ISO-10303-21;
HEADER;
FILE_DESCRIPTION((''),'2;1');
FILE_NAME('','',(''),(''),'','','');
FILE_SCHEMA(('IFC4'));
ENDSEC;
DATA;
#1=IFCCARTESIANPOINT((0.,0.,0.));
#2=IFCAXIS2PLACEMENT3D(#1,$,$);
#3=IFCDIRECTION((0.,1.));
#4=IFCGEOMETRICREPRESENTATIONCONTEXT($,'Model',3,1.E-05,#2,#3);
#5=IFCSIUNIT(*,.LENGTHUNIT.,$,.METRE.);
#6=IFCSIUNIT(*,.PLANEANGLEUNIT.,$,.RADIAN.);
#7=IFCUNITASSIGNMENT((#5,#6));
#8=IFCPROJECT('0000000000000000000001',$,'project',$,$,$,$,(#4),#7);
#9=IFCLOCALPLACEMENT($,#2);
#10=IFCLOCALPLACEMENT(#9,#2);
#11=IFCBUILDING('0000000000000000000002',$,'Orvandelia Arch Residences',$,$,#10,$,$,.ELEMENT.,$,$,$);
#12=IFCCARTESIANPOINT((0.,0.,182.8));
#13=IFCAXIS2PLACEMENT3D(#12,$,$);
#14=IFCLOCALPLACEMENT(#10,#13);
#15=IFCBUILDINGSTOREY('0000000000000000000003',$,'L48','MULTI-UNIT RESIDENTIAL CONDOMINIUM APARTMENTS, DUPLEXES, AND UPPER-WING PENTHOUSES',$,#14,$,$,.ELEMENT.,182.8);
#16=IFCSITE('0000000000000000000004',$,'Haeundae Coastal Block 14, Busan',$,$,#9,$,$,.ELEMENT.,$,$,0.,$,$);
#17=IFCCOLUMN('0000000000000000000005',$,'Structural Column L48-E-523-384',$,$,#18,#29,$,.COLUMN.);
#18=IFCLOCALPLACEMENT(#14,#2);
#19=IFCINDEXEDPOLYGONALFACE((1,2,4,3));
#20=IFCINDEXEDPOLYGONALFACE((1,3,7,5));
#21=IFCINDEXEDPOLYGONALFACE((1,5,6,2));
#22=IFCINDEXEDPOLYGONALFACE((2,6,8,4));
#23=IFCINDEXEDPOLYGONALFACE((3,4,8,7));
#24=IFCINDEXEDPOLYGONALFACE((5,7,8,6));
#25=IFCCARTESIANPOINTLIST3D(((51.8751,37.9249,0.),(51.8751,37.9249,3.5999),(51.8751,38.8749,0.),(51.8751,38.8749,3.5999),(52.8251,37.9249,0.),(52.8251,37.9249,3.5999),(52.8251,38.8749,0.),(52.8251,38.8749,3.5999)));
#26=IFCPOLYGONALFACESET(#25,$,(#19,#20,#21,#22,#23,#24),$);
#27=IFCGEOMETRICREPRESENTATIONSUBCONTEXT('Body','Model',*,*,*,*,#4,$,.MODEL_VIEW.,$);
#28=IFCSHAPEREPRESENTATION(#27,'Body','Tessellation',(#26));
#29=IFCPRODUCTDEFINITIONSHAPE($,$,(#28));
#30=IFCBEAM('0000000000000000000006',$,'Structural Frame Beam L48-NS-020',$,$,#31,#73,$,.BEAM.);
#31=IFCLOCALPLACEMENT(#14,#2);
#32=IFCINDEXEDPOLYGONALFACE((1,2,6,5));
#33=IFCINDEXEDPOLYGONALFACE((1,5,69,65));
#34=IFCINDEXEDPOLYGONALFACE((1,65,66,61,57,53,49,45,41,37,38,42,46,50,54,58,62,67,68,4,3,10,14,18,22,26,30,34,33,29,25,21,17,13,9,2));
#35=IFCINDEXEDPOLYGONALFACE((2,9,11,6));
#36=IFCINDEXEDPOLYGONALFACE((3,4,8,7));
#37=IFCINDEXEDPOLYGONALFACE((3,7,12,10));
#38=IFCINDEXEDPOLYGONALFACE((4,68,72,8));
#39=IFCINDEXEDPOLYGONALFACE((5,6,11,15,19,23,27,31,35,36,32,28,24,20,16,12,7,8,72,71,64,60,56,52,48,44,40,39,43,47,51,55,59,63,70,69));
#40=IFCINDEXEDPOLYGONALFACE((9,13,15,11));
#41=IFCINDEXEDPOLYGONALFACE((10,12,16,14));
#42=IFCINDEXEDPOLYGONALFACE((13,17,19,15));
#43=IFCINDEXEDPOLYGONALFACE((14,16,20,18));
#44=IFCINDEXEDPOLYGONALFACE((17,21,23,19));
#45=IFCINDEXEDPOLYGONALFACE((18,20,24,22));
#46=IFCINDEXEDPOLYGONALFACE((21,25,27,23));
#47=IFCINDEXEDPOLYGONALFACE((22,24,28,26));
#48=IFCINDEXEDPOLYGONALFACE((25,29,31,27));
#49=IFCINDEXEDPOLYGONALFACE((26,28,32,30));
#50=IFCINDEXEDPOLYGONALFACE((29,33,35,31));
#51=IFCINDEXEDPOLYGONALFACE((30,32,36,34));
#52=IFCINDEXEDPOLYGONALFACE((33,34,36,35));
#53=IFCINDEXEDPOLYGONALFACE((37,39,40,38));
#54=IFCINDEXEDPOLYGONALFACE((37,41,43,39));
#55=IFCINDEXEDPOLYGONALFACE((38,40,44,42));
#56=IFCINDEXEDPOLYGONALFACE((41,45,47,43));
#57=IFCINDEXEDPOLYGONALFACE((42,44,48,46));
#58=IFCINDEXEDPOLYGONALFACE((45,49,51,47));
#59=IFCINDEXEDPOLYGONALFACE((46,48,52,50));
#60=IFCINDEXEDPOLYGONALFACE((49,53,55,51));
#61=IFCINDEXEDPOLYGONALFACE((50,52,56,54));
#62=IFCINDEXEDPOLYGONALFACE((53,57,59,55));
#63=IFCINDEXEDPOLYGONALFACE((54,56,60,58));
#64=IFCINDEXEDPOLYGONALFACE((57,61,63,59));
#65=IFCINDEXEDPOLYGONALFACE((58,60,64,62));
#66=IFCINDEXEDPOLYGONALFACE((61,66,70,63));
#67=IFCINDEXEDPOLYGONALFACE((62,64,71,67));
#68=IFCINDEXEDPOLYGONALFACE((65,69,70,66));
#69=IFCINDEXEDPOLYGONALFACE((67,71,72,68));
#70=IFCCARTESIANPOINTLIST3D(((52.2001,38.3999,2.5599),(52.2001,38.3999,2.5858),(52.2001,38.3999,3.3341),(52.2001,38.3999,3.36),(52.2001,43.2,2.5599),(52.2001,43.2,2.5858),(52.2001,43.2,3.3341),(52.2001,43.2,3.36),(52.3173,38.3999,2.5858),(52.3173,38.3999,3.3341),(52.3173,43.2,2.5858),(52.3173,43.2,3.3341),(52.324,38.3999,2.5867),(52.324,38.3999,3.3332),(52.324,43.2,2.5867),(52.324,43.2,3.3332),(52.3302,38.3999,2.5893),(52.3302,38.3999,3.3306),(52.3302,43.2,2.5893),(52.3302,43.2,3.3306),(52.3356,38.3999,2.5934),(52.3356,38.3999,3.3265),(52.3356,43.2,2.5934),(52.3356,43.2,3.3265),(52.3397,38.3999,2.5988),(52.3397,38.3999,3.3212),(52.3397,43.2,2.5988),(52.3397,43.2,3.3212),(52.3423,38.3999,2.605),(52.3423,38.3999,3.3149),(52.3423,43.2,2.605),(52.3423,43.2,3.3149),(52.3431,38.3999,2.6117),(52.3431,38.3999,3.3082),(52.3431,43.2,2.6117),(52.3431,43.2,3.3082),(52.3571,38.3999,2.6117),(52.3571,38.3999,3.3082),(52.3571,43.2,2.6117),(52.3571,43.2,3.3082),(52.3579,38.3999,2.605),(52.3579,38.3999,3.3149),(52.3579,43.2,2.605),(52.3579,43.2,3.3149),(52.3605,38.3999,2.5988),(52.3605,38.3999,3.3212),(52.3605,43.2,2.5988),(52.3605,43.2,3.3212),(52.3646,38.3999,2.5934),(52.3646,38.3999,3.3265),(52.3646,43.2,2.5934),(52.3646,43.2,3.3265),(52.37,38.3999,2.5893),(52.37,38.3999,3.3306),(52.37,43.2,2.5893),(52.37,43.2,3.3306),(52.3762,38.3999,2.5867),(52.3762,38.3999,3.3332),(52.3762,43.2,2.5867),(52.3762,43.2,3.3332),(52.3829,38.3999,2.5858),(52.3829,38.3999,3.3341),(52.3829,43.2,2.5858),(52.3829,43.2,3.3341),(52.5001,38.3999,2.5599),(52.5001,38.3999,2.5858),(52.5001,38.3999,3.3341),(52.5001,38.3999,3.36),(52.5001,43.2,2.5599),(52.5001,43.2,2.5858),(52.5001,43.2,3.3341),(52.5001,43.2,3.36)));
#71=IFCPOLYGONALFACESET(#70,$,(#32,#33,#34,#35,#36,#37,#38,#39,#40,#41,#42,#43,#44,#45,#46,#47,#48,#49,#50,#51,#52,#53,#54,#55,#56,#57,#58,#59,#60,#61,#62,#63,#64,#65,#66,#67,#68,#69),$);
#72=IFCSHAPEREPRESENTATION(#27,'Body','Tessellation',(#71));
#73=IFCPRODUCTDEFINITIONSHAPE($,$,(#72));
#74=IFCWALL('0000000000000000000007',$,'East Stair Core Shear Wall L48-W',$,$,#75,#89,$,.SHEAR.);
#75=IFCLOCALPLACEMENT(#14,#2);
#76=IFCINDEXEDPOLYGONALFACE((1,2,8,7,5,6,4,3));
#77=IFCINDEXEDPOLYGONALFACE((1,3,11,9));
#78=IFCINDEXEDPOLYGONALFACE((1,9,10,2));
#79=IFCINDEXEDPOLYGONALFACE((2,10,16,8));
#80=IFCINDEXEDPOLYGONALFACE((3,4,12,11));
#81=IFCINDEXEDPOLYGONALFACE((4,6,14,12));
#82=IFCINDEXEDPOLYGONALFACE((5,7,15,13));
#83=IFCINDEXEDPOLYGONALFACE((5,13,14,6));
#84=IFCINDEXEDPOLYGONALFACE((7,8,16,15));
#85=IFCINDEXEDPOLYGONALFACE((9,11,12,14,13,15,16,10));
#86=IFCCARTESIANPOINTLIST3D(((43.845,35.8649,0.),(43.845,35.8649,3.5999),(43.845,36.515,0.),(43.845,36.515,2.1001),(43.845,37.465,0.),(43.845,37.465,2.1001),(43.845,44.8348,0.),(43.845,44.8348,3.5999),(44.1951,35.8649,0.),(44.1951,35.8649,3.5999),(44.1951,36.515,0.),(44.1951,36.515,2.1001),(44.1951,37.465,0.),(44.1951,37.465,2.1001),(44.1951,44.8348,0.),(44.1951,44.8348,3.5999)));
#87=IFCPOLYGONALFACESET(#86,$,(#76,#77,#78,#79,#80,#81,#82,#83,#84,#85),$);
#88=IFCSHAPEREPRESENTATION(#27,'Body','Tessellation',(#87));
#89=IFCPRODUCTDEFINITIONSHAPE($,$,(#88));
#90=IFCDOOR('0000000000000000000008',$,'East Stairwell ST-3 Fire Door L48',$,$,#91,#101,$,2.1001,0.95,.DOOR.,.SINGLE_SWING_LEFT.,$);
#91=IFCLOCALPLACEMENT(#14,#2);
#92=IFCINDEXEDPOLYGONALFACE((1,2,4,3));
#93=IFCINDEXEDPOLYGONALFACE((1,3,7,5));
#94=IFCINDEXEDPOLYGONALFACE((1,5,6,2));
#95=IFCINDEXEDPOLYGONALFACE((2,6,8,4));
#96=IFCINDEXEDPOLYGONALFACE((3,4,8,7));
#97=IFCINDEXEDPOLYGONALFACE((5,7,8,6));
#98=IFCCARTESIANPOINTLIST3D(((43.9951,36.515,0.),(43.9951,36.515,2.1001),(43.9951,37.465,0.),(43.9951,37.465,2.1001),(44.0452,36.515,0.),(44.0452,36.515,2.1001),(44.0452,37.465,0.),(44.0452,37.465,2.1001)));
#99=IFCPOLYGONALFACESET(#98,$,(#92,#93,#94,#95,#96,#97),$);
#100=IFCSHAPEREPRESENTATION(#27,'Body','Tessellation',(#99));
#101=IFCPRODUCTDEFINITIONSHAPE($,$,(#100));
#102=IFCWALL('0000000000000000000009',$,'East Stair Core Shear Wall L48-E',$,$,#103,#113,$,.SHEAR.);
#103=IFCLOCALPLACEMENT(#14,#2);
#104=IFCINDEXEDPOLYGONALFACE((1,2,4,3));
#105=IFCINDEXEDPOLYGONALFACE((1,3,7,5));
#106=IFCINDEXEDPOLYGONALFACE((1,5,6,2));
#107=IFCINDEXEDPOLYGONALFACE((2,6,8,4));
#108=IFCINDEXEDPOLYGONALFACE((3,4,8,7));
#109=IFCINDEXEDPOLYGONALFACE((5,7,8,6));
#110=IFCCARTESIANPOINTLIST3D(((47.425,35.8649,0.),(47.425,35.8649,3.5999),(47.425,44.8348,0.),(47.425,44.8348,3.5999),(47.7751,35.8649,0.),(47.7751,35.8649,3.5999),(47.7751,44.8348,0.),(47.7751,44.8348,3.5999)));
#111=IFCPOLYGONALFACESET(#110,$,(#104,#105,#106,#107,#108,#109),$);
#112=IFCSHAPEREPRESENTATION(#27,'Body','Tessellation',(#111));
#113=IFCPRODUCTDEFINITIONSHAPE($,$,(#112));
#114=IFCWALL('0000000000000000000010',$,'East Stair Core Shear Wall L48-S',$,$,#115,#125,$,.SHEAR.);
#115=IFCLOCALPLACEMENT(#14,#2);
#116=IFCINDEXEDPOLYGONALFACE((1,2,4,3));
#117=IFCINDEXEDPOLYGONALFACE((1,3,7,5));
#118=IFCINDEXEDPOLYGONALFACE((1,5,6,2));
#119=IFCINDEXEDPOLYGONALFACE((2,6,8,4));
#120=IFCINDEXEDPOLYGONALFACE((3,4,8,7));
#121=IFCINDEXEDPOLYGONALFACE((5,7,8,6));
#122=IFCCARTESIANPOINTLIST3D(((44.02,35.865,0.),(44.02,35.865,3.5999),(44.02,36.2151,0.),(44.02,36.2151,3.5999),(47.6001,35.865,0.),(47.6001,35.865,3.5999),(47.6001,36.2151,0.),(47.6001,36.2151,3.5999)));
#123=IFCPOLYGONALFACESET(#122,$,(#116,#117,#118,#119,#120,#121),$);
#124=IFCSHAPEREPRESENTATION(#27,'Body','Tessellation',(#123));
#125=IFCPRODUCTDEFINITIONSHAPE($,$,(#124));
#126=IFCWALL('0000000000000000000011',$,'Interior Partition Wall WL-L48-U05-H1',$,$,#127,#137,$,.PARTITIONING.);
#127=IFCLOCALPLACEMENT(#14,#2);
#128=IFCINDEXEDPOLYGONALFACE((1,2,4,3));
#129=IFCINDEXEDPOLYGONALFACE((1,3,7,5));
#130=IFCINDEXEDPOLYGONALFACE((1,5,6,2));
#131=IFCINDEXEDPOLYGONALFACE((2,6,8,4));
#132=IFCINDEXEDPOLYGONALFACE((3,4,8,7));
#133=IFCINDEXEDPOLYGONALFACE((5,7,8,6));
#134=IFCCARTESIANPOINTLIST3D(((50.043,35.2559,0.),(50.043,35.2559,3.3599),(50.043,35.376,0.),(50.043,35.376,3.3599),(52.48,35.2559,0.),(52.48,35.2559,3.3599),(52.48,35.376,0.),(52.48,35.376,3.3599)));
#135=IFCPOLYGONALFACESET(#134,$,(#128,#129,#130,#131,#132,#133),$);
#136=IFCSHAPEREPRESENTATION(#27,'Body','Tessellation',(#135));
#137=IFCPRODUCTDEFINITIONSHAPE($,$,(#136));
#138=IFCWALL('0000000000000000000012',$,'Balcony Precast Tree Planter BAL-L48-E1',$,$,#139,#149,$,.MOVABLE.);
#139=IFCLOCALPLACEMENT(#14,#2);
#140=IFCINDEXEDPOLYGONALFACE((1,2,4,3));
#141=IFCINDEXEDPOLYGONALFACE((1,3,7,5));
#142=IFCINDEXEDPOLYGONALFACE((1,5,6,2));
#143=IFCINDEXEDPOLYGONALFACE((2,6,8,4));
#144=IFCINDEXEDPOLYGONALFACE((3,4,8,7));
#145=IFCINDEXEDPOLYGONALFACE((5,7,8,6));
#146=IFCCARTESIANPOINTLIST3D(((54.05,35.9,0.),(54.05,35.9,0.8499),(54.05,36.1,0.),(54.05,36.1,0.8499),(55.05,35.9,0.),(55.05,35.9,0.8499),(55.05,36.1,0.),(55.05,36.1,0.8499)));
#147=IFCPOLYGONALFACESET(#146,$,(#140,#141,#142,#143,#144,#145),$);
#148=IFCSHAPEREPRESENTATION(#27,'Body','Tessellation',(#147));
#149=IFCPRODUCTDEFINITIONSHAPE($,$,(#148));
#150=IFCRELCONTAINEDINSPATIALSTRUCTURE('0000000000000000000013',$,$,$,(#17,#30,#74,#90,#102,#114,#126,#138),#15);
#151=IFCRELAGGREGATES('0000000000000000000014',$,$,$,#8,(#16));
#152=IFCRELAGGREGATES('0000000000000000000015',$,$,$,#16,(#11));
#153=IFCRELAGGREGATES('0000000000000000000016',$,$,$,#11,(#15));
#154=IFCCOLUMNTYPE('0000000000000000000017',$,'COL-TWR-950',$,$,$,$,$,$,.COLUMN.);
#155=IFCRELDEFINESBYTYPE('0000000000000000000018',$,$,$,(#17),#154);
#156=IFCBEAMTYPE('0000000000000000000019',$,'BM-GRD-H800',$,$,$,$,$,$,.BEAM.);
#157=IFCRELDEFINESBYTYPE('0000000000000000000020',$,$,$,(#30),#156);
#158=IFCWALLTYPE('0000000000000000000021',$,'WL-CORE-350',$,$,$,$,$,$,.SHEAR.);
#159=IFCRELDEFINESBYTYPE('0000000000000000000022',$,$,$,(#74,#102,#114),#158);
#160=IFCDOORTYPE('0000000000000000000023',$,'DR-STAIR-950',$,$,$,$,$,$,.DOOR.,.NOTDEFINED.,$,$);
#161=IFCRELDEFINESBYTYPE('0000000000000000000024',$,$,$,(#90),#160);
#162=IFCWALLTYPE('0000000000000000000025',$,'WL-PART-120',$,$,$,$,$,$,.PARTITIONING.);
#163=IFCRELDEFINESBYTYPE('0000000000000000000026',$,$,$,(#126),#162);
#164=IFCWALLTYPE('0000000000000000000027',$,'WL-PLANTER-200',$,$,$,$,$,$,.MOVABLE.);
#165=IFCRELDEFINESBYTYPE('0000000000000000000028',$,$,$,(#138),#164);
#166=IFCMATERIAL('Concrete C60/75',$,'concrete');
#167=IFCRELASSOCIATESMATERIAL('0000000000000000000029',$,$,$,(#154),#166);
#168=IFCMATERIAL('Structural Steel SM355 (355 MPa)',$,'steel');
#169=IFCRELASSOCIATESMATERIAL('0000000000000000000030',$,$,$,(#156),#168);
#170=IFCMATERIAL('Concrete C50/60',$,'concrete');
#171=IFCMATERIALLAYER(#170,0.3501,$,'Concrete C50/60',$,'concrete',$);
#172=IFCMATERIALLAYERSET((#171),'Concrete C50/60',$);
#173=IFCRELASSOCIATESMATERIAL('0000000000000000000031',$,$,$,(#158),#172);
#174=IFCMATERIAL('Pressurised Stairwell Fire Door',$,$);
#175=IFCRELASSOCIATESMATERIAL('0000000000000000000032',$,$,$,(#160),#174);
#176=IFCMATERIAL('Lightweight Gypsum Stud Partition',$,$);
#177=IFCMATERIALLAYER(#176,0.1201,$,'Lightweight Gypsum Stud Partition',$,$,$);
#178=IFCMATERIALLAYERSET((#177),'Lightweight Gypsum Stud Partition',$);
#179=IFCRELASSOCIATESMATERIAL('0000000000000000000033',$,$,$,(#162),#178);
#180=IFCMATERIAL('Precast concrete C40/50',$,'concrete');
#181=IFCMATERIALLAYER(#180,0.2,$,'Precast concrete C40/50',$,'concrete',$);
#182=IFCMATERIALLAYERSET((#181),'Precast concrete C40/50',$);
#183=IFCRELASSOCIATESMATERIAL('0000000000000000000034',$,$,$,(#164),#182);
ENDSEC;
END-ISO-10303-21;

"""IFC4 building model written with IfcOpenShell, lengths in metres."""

from ifc_helpers import new_model, si_unit, direction, frame, frame_2d, origin, origin_2d, place, context, subcontext, project, spatial, rectangle, i_section, extrude, material, layer, layer_set, material_profile, profile_set, type_object, element, fill, save


model = new_model("IFC4")

# Units and contexts
model_context = context("Model", 3, precision=1e-05, world=origin(), true_north=direction((0.0, 1.0)))
body_context = subcontext(model_context, "Body", "Model", "MODEL_VIEW")
ifc_project = project(units=[si_unit("LENGTHUNIT", "METRE"), si_unit("PLANEANGLEUNIT", "RADIAN")], contexts=[model_context])

# Site, building, storey
site_placement = place(None, origin())
site = spatial("IfcSite", under=ifc_project, at=site_placement, Name="Haeundae Coastal Block 14, Busan", CompositionType="ELEMENT", RefElevation=0.0)
building_placement = place(site_placement, origin())
building = spatial("IfcBuilding", under=site, at=building_placement, Name="Orvandelia Arch Residences", CompositionType="ELEMENT")
storey_placement = place(building_placement, frame((0.0, 0.0, 182.8)))
storey = spatial("IfcBuildingStorey", under=building, at=storey_placement, Name="L48", Description="MULTI-UNIT RESIDENTIAL CONDOMINIUM APARTMENTS, DUPLEXES, AND UPPER-WING PENTHOUSES", CompositionType="ELEMENT", Elevation=182.8)

# Column
ifc_material_1 = material(Name="Concrete C60/75", Category="concrete")
ifc_material_profile_1 = material_profile(ifc_material_1, rectangle(XDim=0.95, YDim=0.95, at=origin_2d()), Name="Concrete C60/75", Category="concrete")
ifc_profile_set_1 = profile_set([ifc_material_profile_1], Name="Concrete C60/75")
column_type = type_object("IfcColumnType", Name="COL-TWR-950", PredefinedType="COLUMN", material=ifc_profile_set_1)
column_placement = place(storey_placement, frame((52.3501, 38.3999, 0.0), z_axis=(0.0, 0.0, 1.0), x_axis=(1.0, 0.0, 0.0)))
element("IfcColumn", 1, at=column_placement, inside=storey, type_object=column_type, Name="Structural Column L48-E-523-384", PredefinedType="COLUMN", context=body_context, shape_type="SweptSolid", body=[
    extrude(rectangle(XDim=0.95, YDim=0.95, at=origin_2d()), origin(), (0.0, 0.0, 1.0), 3.5999),
])

# Beam
ifc_material_2 = material(Name="Structural Steel SM355 (355 MPa)", Category="steel")
ifc_material_profile_2 = material_profile(ifc_material_2, i_section(OverallWidth=0.3, OverallDepth=0.8, WebThickness=0.0139, FlangeThickness=0.0259, FilletRadius=0.0259, at=origin_2d()), Name="Structural Steel SM355 (355 MPa)", Category="steel")
ifc_profile_set_2 = profile_set([ifc_material_profile_2], Name="Structural Steel SM355 (355 MPa)")
beam_type = type_object("IfcBeamType", Name="BM-GRD-H800", PredefinedType="BEAM", material=ifc_profile_set_2)
beam_placement = place(storey_placement, frame((52.3501, 38.3999, 2.96), z_axis=(0.0, 1.0, 0.0), x_axis=(-1.0, 0.0, 0.0)))
element("IfcBeam", 2, at=beam_placement, inside=storey, type_object=beam_type, Name="Structural Frame Beam L48-NS-020", PredefinedType="BEAM", context=body_context, shape_type="SweptSolid", body=[
    extrude(i_section(OverallWidth=0.3, OverallDepth=0.8, WebThickness=0.0139, FlangeThickness=0.0259, FilletRadius=0.0259, at=origin_2d()), origin(), (0.0, 0.0, 1.0), 4.8),
])

# Wall, opening, door
ifc_material_3 = material(Name="Concrete C50/60", Category="concrete")
ifc_layer_1 = layer(ifc_material_3, 0.3501, Name="Concrete C50/60", Category="concrete")
ifc_layer_set_1 = layer_set([ifc_layer_1], Name="Concrete C50/60")
wall_type_1 = type_object("IfcWallType", Name="WL-CORE-350", PredefinedType="SHEAR", material=ifc_layer_set_1)
wall_1_placement = place(storey_placement, frame((44.02, 35.865, 0.0), z_axis=(0.0, 0.0, 1.0), x_axis=(0.0, 1.0, 0.0)))
wall_1 = element("IfcWall", 3, at=wall_1_placement, inside=storey, type_object=wall_type_1, Name="East Stair Core Shear Wall L48-W", PredefinedType="SHEAR", context=body_context, shape_type="SweptSolid", body=[
    extrude(rectangle(XDim=8.97, YDim=0.3501, at=frame_2d((4.4849, 0.0))), origin(), (0.0, 0.0, 1.0), 3.5999),
])
opening_placement = place(wall_1_placement, frame((0.6499, 0.0, 0.0)))
opening = element("IfcOpeningElement", 4, at=opening_placement, cuts=wall_1, PredefinedType="OPENING", context=body_context, shape_type="SweptSolid", body=[
    extrude(rectangle(XDim=0.95, YDim=2.1001, at=frame_2d((0.4751, 1.05))), frame((0.0, 0.1851, 0.0), z_axis=(0.0, -1.0, 0.0), x_axis=(1.0, 0.0, 0.0)), (0.0, 0.0, 1.0), 0.3701),
])
ifc_material_4 = material(Name="Pressurised Stairwell Fire Door")
door_type = type_object("IfcDoorType", Name="DR-STAIR-950", OperationType="NOTDEFINED", PredefinedType="DOOR", material=ifc_material_4)
door_placement = place(opening_placement, origin())
door = element("IfcDoor", 5, at=door_placement, inside=storey, type_object=door_type, Name="East Stairwell ST-3 Fire Door L48", OperationType="SINGLE_SWING_LEFT", OverallHeight=2.1001, OverallWidth=0.95, PredefinedType="DOOR", context=body_context, shape_type="SweptSolid", body=[
    extrude(rectangle(XDim=0.95, YDim=2.1001, at=frame_2d((0.4751, 1.05))), frame((0.0, 0.0249, 0.0), z_axis=(0.0, -1.0, 0.0), x_axis=(1.0, 0.0, 0.0)), (0.0, 0.0, 1.0), 0.05),
])
fill(opening, door)

# Walls
wall_2_placement = place(storey_placement, frame((47.6001, 35.865, 0.0), z_axis=(0.0, 0.0, 1.0), x_axis=(0.0, 1.0, 0.0)))
element("IfcWall", 6, at=wall_2_placement, inside=storey, type_object=wall_type_1, Name="East Stair Core Shear Wall L48-E", PredefinedType="SHEAR", context=body_context, shape_type="SweptSolid", body=[
    extrude(rectangle(XDim=8.97, YDim=0.3501, at=frame_2d((4.4849, 0.0))), origin(), (0.0, 0.0, 1.0), 3.5999),
])
wall_3_placement = place(storey_placement, frame((44.02, 36.04, 0.0), z_axis=(0.0, 0.0, 1.0), x_axis=(1.0, 0.0, 0.0)))
element("IfcWall", 7, at=wall_3_placement, inside=storey, type_object=wall_type_1, Name="East Stair Core Shear Wall L48-S", PredefinedType="SHEAR", context=body_context, shape_type="SweptSolid", body=[
    extrude(rectangle(XDim=3.5801, YDim=0.3501, at=frame_2d((1.79, 0.0))), origin(), (0.0, 0.0, 1.0), 3.5999),
])
ifc_material_5 = material(Name="Lightweight Gypsum Stud Partition")
ifc_layer_2 = layer(ifc_material_5, 0.1201, Name="Lightweight Gypsum Stud Partition")
ifc_layer_set_2 = layer_set([ifc_layer_2], Name="Lightweight Gypsum Stud Partition")
wall_type_2 = type_object("IfcWallType", Name="WL-PART-120", PredefinedType="PARTITIONING", material=ifc_layer_set_2)
wall_4_placement = place(storey_placement, frame((50.043, 35.3159, 0.0), z_axis=(0.0, 0.0, 1.0), x_axis=(1.0, 0.0, 0.0)))
element("IfcWall", 8, at=wall_4_placement, inside=storey, type_object=wall_type_2, Name="Interior Partition Wall WL-L48-U05-H1", PredefinedType="PARTITIONING", context=body_context, shape_type="SweptSolid", body=[
    extrude(rectangle(XDim=2.437, YDim=0.1201, at=frame_2d((1.2185, 0.0))), origin(), (0.0, 0.0, 1.0), 3.3599),
])
ifc_material_6 = material(Name="Precast concrete C40/50", Category="concrete")
ifc_layer_3 = layer(ifc_material_6, 0.2, Name="Precast concrete C40/50", Category="concrete")
ifc_layer_set_3 = layer_set([ifc_layer_3], Name="Precast concrete C40/50")
wall_type_3 = type_object("IfcWallType", Name="WL-PLANTER-200", PredefinedType="MOVABLE", material=ifc_layer_set_3)
wall_5_placement = place(storey_placement, frame((54.05, 36.0, 0.0), z_axis=(0.0, 0.0, 1.0), x_axis=(1.0, 0.0, 0.0)))
element("IfcWall", 9, at=wall_5_placement, inside=storey, type_object=wall_type_3, Name="Balcony Precast Tree Planter BAL-L48-E1", PredefinedType="MOVABLE", context=body_context, shape_type="SweptSolid", body=[
    extrude(rectangle(XDim=1.0, YDim=0.2, at=frame_2d((0.5, 0.0))), origin(), (0.0, 0.0, 1.0), 0.8499),
])

save(model, "model.ifc")
